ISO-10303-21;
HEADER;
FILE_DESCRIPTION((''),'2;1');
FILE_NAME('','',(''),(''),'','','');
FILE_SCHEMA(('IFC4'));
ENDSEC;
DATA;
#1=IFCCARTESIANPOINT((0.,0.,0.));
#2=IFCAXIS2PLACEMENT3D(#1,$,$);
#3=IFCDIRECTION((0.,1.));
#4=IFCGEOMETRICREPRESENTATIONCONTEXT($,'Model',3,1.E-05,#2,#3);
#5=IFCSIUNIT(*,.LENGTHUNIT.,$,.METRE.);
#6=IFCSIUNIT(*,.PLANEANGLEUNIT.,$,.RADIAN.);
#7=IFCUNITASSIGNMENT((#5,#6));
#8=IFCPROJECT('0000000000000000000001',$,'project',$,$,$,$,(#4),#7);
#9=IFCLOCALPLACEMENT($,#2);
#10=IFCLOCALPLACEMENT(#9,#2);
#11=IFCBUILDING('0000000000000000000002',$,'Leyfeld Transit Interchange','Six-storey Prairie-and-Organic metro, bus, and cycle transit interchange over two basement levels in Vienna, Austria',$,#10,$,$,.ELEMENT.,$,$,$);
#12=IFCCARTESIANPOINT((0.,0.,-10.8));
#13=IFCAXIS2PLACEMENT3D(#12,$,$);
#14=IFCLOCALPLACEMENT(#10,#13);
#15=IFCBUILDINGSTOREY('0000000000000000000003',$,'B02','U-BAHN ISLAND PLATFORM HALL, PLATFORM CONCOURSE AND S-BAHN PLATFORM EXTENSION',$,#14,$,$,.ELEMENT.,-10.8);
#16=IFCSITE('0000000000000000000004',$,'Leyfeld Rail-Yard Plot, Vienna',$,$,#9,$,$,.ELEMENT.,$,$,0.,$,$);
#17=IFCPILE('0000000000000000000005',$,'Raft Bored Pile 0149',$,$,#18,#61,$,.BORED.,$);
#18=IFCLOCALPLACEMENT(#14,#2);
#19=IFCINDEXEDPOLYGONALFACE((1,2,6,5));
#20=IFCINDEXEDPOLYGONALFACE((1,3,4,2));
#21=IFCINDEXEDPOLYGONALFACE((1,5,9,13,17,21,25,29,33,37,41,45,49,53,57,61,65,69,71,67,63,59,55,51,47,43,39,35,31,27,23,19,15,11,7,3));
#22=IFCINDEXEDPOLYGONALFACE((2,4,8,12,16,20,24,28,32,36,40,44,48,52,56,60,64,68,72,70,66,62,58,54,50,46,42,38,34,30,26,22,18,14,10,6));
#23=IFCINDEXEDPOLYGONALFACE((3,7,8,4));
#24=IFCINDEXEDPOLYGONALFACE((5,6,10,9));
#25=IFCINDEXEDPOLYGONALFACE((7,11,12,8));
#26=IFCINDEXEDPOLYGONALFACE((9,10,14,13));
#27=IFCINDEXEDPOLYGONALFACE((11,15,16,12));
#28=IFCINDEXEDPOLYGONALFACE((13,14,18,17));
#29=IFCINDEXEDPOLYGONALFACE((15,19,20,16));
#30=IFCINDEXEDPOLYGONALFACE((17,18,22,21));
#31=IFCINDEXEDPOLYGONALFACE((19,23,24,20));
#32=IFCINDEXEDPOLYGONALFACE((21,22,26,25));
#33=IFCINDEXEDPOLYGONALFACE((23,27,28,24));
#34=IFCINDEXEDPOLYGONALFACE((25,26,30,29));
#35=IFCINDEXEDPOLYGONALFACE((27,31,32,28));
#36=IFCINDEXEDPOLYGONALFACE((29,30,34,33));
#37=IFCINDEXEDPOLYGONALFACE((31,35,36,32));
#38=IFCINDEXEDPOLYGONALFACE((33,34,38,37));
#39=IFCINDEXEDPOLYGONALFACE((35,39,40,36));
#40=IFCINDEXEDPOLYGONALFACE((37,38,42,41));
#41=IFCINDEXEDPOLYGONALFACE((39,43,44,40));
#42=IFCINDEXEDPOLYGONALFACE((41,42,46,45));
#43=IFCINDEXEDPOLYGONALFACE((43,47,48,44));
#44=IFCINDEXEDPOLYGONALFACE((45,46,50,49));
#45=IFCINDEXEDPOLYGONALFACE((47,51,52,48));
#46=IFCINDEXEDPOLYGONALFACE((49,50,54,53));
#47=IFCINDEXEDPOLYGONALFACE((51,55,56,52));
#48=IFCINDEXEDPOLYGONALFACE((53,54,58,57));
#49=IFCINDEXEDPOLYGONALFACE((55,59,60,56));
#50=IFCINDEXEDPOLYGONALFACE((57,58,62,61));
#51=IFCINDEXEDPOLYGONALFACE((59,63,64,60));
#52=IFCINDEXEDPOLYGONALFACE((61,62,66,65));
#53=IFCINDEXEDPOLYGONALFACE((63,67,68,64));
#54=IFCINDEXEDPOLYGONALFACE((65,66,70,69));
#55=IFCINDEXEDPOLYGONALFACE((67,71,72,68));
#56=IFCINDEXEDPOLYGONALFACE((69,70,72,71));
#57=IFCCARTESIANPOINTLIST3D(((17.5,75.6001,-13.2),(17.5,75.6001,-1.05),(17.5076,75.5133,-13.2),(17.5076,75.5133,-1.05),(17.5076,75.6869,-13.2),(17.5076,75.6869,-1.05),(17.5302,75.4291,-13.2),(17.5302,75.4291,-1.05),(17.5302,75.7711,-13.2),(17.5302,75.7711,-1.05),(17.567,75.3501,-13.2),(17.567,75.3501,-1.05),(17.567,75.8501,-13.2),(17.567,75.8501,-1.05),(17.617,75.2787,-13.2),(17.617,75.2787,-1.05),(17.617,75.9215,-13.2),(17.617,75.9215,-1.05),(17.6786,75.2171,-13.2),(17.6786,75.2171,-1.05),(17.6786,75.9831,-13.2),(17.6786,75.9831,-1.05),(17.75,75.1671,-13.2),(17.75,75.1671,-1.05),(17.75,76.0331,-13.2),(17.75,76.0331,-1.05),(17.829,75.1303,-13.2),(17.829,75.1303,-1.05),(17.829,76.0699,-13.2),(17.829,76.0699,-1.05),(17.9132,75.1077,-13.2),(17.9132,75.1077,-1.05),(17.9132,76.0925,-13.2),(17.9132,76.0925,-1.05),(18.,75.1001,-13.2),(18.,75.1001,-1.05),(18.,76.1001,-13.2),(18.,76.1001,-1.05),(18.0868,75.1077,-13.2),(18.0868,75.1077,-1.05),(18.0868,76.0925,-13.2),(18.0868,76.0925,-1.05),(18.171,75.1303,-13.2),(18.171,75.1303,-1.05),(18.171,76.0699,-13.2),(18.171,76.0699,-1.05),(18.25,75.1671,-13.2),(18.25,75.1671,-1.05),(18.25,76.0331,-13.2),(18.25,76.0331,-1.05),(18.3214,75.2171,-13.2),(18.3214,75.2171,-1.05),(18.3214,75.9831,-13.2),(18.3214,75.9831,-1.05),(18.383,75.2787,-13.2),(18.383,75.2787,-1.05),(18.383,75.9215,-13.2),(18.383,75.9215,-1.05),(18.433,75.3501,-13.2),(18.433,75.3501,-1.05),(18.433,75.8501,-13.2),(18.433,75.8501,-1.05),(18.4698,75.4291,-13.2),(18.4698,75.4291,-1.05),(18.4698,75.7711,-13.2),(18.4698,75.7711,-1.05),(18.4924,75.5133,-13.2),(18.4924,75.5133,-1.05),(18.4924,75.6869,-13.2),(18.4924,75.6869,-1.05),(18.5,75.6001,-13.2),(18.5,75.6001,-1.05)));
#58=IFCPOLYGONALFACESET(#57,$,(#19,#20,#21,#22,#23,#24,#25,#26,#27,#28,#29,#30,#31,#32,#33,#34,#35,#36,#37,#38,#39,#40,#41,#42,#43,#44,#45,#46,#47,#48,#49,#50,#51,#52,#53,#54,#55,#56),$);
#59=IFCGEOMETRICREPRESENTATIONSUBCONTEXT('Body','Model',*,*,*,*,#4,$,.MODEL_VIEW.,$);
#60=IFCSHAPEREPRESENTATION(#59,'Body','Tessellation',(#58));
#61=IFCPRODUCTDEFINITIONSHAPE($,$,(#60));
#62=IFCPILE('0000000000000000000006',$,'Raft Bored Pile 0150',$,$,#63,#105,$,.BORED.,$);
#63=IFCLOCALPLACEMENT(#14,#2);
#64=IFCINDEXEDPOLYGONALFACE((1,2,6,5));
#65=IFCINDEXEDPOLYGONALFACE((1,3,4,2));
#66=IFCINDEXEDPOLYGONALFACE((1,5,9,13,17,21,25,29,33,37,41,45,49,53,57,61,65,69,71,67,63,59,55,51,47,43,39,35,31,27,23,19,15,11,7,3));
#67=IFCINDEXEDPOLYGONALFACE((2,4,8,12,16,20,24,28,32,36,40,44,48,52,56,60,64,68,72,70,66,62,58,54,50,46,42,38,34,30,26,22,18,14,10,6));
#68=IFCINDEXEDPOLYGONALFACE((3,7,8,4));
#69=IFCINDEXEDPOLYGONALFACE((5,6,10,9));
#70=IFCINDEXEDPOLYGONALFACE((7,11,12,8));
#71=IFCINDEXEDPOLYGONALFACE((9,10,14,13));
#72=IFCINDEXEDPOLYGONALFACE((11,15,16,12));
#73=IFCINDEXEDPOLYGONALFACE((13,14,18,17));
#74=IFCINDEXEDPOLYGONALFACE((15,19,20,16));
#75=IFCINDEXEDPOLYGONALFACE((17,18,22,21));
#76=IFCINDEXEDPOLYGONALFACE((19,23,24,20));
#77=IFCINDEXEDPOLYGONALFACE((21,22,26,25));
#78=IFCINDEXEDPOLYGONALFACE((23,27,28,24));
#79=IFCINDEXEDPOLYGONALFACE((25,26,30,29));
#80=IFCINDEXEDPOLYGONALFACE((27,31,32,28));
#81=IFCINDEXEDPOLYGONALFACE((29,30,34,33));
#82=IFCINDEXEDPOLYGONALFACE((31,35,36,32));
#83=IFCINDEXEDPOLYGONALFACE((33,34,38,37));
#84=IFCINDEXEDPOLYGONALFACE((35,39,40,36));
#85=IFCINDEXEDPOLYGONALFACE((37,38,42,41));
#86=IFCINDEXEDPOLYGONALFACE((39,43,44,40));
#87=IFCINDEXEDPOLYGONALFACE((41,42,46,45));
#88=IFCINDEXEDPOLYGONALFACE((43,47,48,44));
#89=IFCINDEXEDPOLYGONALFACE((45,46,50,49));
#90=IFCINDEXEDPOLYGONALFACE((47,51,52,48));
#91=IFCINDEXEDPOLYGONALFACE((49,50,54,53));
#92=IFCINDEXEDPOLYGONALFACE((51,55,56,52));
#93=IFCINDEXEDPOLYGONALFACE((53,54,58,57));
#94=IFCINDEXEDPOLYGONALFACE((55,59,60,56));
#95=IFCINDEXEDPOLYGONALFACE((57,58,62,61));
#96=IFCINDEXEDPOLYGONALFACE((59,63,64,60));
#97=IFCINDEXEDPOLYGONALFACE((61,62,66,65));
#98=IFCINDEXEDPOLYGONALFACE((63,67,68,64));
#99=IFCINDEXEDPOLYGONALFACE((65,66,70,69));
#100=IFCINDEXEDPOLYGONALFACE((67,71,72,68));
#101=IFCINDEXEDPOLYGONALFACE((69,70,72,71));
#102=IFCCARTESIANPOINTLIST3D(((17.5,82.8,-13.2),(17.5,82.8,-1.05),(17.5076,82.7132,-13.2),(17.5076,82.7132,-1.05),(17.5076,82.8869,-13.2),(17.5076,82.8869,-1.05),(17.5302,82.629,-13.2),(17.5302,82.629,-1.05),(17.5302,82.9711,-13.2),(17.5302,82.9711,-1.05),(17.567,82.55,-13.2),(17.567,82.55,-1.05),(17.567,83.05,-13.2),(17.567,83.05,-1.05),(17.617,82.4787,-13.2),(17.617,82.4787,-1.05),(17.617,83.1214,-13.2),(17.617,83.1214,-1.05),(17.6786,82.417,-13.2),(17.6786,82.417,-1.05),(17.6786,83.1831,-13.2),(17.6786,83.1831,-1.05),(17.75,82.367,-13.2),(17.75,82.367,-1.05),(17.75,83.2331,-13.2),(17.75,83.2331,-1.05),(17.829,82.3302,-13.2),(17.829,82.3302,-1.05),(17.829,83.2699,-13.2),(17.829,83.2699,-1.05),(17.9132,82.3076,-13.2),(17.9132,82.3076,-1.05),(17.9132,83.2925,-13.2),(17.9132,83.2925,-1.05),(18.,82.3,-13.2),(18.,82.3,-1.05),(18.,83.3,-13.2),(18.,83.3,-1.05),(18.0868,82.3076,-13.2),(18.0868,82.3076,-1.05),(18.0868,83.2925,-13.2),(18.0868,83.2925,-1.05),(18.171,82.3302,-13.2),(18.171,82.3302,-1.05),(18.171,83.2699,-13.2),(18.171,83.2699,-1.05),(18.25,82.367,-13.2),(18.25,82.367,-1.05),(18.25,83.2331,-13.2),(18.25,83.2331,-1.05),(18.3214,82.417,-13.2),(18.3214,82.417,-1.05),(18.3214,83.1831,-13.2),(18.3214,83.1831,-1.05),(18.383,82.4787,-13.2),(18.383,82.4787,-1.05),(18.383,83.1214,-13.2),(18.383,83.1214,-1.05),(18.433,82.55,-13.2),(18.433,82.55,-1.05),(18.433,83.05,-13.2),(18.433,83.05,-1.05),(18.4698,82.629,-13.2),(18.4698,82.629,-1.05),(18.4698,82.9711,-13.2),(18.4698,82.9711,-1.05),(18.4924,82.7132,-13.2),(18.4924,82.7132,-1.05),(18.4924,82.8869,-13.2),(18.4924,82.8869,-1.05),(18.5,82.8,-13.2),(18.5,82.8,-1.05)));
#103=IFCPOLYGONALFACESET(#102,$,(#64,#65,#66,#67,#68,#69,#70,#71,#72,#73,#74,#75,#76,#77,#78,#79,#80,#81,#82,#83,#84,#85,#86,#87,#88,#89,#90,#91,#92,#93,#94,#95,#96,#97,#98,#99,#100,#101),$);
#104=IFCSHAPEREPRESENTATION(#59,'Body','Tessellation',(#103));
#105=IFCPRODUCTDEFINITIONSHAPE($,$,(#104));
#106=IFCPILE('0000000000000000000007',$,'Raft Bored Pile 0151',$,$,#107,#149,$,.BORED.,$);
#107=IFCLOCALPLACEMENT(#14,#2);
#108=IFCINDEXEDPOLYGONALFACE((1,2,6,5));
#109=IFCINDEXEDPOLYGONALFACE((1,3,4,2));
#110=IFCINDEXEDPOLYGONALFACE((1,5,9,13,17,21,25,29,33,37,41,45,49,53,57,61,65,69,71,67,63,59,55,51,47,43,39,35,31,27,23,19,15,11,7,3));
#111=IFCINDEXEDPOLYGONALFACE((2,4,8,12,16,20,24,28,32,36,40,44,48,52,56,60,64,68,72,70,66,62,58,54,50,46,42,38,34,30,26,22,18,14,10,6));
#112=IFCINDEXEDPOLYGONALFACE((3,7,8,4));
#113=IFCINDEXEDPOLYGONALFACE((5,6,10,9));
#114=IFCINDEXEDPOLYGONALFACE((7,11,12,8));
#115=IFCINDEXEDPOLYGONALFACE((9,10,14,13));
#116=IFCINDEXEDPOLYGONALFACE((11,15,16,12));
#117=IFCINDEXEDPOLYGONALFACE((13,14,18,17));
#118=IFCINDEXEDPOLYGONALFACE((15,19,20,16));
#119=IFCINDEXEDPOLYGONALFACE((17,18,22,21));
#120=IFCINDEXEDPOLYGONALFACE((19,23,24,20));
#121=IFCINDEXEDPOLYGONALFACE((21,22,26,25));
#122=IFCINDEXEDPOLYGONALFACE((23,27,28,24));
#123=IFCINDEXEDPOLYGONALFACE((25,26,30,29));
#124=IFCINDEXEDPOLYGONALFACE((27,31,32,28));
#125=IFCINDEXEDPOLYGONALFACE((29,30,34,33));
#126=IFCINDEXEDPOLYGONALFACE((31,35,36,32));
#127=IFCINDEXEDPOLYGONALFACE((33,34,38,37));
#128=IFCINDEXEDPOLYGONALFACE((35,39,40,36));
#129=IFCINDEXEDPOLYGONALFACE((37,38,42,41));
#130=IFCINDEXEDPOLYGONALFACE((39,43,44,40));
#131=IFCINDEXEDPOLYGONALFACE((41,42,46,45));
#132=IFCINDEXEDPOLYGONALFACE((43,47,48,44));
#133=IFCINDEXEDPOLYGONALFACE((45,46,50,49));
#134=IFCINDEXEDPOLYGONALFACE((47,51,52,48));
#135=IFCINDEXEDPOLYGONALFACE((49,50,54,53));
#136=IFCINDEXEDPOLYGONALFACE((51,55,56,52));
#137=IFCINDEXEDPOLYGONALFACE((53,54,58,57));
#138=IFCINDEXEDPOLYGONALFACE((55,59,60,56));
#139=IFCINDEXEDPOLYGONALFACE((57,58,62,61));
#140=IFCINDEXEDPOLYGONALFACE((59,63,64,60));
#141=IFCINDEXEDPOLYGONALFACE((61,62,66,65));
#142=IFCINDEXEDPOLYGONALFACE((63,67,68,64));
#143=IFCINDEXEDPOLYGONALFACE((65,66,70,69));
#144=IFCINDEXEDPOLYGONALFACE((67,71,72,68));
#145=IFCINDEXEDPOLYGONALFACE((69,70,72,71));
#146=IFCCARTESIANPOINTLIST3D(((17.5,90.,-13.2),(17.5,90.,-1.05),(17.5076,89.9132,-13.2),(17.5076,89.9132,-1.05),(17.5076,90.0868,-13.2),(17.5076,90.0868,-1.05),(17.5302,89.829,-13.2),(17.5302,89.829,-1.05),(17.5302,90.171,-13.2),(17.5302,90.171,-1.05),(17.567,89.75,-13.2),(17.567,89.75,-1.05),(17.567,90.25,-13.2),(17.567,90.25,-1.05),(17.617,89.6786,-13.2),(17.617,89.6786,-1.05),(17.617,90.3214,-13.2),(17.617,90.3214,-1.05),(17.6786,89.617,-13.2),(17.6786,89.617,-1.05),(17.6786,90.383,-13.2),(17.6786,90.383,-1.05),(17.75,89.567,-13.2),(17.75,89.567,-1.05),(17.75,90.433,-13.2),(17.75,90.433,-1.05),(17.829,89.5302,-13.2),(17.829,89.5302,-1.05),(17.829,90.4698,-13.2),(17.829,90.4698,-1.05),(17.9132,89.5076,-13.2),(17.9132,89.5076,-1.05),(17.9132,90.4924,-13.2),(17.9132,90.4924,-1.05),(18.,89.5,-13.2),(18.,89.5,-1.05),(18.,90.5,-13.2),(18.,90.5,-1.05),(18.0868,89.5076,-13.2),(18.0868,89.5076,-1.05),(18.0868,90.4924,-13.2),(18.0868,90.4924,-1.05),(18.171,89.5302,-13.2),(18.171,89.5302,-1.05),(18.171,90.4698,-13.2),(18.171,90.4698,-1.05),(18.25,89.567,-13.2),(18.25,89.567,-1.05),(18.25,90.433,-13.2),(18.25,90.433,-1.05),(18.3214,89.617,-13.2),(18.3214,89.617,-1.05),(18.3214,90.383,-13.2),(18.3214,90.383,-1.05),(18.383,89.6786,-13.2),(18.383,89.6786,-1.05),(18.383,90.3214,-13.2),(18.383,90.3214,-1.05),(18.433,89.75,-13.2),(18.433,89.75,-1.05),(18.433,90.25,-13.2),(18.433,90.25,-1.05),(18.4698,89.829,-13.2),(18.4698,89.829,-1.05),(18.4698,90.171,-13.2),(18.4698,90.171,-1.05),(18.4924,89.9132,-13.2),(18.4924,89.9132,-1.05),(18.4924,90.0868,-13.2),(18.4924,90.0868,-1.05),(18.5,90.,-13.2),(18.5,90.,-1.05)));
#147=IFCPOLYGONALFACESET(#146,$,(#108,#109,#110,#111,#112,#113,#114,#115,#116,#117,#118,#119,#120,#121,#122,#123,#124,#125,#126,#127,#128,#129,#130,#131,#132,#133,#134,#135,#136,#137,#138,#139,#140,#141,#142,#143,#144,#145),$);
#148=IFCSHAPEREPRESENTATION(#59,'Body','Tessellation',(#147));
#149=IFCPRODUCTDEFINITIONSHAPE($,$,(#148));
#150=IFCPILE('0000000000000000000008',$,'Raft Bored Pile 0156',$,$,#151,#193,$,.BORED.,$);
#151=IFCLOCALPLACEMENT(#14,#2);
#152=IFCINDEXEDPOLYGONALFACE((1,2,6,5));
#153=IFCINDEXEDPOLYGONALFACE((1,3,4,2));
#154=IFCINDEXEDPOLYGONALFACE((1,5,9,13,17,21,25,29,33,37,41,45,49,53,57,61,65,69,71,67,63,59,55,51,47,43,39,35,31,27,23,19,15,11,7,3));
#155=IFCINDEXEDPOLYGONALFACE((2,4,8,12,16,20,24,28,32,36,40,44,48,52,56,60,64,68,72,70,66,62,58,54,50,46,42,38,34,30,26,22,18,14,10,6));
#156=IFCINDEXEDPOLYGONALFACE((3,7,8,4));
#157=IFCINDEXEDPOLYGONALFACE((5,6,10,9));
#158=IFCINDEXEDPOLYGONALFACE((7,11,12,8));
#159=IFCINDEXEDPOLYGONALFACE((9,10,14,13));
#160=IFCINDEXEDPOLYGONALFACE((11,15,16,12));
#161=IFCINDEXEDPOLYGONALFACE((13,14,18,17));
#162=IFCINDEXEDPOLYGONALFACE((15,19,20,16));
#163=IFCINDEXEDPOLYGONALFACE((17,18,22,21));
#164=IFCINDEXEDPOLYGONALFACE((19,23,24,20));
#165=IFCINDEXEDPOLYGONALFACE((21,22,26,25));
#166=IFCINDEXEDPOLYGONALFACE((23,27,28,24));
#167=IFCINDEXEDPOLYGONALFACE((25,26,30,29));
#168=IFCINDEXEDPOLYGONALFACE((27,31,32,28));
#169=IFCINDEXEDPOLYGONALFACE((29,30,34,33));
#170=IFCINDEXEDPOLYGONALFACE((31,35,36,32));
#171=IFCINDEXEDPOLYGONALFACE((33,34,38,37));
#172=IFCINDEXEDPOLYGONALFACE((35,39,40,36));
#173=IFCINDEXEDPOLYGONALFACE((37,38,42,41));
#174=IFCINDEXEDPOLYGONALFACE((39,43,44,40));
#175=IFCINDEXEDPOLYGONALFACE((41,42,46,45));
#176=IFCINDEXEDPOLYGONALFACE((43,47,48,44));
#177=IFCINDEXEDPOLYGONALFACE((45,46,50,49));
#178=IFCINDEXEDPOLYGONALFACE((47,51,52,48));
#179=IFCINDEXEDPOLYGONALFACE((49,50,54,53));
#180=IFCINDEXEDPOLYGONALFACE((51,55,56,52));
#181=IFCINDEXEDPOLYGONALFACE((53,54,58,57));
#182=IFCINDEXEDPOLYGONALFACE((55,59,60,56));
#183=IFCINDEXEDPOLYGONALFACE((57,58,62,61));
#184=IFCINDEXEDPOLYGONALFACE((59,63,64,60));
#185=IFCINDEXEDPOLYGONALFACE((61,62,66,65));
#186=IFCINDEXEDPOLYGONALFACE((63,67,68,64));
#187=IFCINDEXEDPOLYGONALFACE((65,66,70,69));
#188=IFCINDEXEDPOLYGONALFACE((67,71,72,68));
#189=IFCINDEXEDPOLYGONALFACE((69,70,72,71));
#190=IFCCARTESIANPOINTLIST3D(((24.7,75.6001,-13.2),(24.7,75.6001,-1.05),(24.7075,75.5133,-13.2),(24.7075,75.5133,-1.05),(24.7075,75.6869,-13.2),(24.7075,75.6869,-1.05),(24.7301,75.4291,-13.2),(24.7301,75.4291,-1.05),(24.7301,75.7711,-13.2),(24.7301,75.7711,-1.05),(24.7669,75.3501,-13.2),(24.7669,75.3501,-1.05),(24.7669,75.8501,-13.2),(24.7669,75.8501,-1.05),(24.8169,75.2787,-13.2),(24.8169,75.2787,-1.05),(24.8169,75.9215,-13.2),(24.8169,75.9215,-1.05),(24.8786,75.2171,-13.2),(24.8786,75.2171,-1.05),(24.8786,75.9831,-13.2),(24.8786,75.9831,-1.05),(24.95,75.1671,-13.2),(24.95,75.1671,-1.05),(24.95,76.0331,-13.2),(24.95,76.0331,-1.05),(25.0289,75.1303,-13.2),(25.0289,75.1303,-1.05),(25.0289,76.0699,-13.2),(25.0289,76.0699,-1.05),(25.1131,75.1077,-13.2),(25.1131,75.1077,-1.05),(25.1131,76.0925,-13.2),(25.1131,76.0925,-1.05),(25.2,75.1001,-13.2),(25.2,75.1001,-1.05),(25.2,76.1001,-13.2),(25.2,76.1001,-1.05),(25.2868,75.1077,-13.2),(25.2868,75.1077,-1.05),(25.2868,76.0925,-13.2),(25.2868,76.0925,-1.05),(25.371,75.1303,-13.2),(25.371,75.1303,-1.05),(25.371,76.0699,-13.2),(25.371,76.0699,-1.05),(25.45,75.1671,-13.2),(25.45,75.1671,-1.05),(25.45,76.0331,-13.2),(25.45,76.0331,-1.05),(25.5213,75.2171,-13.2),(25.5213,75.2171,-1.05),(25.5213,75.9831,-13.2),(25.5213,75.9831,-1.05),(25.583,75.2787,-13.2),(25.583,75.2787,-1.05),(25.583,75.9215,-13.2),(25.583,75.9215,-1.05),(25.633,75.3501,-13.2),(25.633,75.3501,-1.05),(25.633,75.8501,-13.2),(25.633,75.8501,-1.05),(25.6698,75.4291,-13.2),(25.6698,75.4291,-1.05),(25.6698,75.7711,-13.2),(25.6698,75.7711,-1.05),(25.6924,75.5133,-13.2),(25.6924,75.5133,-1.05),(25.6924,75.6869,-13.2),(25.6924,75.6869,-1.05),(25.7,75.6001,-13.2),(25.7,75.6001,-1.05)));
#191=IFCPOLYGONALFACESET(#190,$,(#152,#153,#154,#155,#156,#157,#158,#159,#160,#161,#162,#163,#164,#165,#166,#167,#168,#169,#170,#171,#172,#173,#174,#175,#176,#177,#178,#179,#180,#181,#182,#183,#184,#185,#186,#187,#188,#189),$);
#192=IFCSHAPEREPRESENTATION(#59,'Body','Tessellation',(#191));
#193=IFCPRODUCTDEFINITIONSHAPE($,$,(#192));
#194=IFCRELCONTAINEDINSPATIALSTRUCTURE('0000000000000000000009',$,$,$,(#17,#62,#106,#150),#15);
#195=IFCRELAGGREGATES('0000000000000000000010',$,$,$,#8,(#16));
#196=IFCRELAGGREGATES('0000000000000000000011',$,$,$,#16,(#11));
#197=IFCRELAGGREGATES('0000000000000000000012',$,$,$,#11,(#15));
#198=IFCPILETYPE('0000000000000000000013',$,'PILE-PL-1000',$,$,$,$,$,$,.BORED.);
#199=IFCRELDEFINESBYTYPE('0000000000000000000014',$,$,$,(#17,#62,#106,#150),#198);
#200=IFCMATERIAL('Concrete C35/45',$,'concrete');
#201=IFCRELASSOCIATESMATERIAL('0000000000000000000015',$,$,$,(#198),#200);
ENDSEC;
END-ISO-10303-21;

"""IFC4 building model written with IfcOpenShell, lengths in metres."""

from ifc_helpers import new_model, si_unit, direction, frame, origin, origin_2d, place, context, subcontext, project, spatial, circle, extrude, material, material_profile, profile_set, type_object, element, save


model = new_model("IFC4")

# Units and contexts
model_context = context("Model", 3, precision=1e-05, world=origin(), true_north=direction((0.0, 1.0)))
body_context = subcontext(model_context, "Body", "Model", "MODEL_VIEW")
ifc_project = project(units=[si_unit("LENGTHUNIT", "METRE"), si_unit("PLANEANGLEUNIT", "RADIAN")], contexts=[model_context])

# Site, building, storey
site_placement = place(None, origin())
site = spatial("IfcSite", under=ifc_project, at=site_placement, Name="Leyfeld Rail-Yard Plot, Vienna", CompositionType="ELEMENT", RefElevation=0.0)
building_placement = place(site_placement, origin())
building = spatial("IfcBuilding", under=site, at=building_placement, Name="Leyfeld Transit Interchange", Description="Six-storey Prairie-and-Organic metro, bus, and cycle transit interchange over two basement levels in Vienna, Austria", CompositionType="ELEMENT")
storey_placement = place(building_placement, frame((0.0, 0.0, -10.8)))
storey = spatial("IfcBuildingStorey", under=building, at=storey_placement, Name="B02", Description="U-BAHN ISLAND PLATFORM HALL, PLATFORM CONCOURSE AND S-BAHN PLATFORM EXTENSION", CompositionType="ELEMENT", Elevation=-10.8)

# Piles
ifc_material_1 = material(Name="Concrete C35/45", Category="concrete")
ifc_material_profile_1 = material_profile(ifc_material_1, circle(Radius=0.5, at=origin_2d()), Name="PILE D1000")
ifc_profile_set_1 = profile_set([ifc_material_profile_1], Name="Concrete C35/45")
pile_type = type_object("IfcPileType", Name="PILE-PL-1000", PredefinedType="BORED", material=ifc_profile_set_1)
for number, where, z_axis, x_axis, name in (
    (1, (18.0, 75.6001, -1.05), (0.0, 0.0, -1.0), (1.0, 0.0, 0.0), "Raft Bored Pile 0149"),
    (2, (18.0, 82.8, -1.05), (0.0, 0.0, -1.0), (1.0, 0.0, 0.0), "Raft Bored Pile 0150"),
    (3, (18.0, 90.0, -1.05), (0.0, 0.0, -1.0), (1.0, 0.0, 0.0), "Raft Bored Pile 0151"),
    (4, (25.2, 75.6001, -1.05), (0.0, 0.0, -1.0), (1.0, 0.0, 0.0), "Raft Bored Pile 0156"),
):
    element("IfcPile", number, at=place(storey_placement, frame(where, z_axis=z_axis, x_axis=x_axis)), inside=storey, type_object=pile_type, Name=name, PredefinedType="BORED", context=body_context, shape_type="SweptSolid", body=[
        extrude(circle(Radius=0.5, at=origin_2d()), origin(), (0.0, 0.0, 1.0), 12.1499),
    ])

save(model, "model.ifc")
